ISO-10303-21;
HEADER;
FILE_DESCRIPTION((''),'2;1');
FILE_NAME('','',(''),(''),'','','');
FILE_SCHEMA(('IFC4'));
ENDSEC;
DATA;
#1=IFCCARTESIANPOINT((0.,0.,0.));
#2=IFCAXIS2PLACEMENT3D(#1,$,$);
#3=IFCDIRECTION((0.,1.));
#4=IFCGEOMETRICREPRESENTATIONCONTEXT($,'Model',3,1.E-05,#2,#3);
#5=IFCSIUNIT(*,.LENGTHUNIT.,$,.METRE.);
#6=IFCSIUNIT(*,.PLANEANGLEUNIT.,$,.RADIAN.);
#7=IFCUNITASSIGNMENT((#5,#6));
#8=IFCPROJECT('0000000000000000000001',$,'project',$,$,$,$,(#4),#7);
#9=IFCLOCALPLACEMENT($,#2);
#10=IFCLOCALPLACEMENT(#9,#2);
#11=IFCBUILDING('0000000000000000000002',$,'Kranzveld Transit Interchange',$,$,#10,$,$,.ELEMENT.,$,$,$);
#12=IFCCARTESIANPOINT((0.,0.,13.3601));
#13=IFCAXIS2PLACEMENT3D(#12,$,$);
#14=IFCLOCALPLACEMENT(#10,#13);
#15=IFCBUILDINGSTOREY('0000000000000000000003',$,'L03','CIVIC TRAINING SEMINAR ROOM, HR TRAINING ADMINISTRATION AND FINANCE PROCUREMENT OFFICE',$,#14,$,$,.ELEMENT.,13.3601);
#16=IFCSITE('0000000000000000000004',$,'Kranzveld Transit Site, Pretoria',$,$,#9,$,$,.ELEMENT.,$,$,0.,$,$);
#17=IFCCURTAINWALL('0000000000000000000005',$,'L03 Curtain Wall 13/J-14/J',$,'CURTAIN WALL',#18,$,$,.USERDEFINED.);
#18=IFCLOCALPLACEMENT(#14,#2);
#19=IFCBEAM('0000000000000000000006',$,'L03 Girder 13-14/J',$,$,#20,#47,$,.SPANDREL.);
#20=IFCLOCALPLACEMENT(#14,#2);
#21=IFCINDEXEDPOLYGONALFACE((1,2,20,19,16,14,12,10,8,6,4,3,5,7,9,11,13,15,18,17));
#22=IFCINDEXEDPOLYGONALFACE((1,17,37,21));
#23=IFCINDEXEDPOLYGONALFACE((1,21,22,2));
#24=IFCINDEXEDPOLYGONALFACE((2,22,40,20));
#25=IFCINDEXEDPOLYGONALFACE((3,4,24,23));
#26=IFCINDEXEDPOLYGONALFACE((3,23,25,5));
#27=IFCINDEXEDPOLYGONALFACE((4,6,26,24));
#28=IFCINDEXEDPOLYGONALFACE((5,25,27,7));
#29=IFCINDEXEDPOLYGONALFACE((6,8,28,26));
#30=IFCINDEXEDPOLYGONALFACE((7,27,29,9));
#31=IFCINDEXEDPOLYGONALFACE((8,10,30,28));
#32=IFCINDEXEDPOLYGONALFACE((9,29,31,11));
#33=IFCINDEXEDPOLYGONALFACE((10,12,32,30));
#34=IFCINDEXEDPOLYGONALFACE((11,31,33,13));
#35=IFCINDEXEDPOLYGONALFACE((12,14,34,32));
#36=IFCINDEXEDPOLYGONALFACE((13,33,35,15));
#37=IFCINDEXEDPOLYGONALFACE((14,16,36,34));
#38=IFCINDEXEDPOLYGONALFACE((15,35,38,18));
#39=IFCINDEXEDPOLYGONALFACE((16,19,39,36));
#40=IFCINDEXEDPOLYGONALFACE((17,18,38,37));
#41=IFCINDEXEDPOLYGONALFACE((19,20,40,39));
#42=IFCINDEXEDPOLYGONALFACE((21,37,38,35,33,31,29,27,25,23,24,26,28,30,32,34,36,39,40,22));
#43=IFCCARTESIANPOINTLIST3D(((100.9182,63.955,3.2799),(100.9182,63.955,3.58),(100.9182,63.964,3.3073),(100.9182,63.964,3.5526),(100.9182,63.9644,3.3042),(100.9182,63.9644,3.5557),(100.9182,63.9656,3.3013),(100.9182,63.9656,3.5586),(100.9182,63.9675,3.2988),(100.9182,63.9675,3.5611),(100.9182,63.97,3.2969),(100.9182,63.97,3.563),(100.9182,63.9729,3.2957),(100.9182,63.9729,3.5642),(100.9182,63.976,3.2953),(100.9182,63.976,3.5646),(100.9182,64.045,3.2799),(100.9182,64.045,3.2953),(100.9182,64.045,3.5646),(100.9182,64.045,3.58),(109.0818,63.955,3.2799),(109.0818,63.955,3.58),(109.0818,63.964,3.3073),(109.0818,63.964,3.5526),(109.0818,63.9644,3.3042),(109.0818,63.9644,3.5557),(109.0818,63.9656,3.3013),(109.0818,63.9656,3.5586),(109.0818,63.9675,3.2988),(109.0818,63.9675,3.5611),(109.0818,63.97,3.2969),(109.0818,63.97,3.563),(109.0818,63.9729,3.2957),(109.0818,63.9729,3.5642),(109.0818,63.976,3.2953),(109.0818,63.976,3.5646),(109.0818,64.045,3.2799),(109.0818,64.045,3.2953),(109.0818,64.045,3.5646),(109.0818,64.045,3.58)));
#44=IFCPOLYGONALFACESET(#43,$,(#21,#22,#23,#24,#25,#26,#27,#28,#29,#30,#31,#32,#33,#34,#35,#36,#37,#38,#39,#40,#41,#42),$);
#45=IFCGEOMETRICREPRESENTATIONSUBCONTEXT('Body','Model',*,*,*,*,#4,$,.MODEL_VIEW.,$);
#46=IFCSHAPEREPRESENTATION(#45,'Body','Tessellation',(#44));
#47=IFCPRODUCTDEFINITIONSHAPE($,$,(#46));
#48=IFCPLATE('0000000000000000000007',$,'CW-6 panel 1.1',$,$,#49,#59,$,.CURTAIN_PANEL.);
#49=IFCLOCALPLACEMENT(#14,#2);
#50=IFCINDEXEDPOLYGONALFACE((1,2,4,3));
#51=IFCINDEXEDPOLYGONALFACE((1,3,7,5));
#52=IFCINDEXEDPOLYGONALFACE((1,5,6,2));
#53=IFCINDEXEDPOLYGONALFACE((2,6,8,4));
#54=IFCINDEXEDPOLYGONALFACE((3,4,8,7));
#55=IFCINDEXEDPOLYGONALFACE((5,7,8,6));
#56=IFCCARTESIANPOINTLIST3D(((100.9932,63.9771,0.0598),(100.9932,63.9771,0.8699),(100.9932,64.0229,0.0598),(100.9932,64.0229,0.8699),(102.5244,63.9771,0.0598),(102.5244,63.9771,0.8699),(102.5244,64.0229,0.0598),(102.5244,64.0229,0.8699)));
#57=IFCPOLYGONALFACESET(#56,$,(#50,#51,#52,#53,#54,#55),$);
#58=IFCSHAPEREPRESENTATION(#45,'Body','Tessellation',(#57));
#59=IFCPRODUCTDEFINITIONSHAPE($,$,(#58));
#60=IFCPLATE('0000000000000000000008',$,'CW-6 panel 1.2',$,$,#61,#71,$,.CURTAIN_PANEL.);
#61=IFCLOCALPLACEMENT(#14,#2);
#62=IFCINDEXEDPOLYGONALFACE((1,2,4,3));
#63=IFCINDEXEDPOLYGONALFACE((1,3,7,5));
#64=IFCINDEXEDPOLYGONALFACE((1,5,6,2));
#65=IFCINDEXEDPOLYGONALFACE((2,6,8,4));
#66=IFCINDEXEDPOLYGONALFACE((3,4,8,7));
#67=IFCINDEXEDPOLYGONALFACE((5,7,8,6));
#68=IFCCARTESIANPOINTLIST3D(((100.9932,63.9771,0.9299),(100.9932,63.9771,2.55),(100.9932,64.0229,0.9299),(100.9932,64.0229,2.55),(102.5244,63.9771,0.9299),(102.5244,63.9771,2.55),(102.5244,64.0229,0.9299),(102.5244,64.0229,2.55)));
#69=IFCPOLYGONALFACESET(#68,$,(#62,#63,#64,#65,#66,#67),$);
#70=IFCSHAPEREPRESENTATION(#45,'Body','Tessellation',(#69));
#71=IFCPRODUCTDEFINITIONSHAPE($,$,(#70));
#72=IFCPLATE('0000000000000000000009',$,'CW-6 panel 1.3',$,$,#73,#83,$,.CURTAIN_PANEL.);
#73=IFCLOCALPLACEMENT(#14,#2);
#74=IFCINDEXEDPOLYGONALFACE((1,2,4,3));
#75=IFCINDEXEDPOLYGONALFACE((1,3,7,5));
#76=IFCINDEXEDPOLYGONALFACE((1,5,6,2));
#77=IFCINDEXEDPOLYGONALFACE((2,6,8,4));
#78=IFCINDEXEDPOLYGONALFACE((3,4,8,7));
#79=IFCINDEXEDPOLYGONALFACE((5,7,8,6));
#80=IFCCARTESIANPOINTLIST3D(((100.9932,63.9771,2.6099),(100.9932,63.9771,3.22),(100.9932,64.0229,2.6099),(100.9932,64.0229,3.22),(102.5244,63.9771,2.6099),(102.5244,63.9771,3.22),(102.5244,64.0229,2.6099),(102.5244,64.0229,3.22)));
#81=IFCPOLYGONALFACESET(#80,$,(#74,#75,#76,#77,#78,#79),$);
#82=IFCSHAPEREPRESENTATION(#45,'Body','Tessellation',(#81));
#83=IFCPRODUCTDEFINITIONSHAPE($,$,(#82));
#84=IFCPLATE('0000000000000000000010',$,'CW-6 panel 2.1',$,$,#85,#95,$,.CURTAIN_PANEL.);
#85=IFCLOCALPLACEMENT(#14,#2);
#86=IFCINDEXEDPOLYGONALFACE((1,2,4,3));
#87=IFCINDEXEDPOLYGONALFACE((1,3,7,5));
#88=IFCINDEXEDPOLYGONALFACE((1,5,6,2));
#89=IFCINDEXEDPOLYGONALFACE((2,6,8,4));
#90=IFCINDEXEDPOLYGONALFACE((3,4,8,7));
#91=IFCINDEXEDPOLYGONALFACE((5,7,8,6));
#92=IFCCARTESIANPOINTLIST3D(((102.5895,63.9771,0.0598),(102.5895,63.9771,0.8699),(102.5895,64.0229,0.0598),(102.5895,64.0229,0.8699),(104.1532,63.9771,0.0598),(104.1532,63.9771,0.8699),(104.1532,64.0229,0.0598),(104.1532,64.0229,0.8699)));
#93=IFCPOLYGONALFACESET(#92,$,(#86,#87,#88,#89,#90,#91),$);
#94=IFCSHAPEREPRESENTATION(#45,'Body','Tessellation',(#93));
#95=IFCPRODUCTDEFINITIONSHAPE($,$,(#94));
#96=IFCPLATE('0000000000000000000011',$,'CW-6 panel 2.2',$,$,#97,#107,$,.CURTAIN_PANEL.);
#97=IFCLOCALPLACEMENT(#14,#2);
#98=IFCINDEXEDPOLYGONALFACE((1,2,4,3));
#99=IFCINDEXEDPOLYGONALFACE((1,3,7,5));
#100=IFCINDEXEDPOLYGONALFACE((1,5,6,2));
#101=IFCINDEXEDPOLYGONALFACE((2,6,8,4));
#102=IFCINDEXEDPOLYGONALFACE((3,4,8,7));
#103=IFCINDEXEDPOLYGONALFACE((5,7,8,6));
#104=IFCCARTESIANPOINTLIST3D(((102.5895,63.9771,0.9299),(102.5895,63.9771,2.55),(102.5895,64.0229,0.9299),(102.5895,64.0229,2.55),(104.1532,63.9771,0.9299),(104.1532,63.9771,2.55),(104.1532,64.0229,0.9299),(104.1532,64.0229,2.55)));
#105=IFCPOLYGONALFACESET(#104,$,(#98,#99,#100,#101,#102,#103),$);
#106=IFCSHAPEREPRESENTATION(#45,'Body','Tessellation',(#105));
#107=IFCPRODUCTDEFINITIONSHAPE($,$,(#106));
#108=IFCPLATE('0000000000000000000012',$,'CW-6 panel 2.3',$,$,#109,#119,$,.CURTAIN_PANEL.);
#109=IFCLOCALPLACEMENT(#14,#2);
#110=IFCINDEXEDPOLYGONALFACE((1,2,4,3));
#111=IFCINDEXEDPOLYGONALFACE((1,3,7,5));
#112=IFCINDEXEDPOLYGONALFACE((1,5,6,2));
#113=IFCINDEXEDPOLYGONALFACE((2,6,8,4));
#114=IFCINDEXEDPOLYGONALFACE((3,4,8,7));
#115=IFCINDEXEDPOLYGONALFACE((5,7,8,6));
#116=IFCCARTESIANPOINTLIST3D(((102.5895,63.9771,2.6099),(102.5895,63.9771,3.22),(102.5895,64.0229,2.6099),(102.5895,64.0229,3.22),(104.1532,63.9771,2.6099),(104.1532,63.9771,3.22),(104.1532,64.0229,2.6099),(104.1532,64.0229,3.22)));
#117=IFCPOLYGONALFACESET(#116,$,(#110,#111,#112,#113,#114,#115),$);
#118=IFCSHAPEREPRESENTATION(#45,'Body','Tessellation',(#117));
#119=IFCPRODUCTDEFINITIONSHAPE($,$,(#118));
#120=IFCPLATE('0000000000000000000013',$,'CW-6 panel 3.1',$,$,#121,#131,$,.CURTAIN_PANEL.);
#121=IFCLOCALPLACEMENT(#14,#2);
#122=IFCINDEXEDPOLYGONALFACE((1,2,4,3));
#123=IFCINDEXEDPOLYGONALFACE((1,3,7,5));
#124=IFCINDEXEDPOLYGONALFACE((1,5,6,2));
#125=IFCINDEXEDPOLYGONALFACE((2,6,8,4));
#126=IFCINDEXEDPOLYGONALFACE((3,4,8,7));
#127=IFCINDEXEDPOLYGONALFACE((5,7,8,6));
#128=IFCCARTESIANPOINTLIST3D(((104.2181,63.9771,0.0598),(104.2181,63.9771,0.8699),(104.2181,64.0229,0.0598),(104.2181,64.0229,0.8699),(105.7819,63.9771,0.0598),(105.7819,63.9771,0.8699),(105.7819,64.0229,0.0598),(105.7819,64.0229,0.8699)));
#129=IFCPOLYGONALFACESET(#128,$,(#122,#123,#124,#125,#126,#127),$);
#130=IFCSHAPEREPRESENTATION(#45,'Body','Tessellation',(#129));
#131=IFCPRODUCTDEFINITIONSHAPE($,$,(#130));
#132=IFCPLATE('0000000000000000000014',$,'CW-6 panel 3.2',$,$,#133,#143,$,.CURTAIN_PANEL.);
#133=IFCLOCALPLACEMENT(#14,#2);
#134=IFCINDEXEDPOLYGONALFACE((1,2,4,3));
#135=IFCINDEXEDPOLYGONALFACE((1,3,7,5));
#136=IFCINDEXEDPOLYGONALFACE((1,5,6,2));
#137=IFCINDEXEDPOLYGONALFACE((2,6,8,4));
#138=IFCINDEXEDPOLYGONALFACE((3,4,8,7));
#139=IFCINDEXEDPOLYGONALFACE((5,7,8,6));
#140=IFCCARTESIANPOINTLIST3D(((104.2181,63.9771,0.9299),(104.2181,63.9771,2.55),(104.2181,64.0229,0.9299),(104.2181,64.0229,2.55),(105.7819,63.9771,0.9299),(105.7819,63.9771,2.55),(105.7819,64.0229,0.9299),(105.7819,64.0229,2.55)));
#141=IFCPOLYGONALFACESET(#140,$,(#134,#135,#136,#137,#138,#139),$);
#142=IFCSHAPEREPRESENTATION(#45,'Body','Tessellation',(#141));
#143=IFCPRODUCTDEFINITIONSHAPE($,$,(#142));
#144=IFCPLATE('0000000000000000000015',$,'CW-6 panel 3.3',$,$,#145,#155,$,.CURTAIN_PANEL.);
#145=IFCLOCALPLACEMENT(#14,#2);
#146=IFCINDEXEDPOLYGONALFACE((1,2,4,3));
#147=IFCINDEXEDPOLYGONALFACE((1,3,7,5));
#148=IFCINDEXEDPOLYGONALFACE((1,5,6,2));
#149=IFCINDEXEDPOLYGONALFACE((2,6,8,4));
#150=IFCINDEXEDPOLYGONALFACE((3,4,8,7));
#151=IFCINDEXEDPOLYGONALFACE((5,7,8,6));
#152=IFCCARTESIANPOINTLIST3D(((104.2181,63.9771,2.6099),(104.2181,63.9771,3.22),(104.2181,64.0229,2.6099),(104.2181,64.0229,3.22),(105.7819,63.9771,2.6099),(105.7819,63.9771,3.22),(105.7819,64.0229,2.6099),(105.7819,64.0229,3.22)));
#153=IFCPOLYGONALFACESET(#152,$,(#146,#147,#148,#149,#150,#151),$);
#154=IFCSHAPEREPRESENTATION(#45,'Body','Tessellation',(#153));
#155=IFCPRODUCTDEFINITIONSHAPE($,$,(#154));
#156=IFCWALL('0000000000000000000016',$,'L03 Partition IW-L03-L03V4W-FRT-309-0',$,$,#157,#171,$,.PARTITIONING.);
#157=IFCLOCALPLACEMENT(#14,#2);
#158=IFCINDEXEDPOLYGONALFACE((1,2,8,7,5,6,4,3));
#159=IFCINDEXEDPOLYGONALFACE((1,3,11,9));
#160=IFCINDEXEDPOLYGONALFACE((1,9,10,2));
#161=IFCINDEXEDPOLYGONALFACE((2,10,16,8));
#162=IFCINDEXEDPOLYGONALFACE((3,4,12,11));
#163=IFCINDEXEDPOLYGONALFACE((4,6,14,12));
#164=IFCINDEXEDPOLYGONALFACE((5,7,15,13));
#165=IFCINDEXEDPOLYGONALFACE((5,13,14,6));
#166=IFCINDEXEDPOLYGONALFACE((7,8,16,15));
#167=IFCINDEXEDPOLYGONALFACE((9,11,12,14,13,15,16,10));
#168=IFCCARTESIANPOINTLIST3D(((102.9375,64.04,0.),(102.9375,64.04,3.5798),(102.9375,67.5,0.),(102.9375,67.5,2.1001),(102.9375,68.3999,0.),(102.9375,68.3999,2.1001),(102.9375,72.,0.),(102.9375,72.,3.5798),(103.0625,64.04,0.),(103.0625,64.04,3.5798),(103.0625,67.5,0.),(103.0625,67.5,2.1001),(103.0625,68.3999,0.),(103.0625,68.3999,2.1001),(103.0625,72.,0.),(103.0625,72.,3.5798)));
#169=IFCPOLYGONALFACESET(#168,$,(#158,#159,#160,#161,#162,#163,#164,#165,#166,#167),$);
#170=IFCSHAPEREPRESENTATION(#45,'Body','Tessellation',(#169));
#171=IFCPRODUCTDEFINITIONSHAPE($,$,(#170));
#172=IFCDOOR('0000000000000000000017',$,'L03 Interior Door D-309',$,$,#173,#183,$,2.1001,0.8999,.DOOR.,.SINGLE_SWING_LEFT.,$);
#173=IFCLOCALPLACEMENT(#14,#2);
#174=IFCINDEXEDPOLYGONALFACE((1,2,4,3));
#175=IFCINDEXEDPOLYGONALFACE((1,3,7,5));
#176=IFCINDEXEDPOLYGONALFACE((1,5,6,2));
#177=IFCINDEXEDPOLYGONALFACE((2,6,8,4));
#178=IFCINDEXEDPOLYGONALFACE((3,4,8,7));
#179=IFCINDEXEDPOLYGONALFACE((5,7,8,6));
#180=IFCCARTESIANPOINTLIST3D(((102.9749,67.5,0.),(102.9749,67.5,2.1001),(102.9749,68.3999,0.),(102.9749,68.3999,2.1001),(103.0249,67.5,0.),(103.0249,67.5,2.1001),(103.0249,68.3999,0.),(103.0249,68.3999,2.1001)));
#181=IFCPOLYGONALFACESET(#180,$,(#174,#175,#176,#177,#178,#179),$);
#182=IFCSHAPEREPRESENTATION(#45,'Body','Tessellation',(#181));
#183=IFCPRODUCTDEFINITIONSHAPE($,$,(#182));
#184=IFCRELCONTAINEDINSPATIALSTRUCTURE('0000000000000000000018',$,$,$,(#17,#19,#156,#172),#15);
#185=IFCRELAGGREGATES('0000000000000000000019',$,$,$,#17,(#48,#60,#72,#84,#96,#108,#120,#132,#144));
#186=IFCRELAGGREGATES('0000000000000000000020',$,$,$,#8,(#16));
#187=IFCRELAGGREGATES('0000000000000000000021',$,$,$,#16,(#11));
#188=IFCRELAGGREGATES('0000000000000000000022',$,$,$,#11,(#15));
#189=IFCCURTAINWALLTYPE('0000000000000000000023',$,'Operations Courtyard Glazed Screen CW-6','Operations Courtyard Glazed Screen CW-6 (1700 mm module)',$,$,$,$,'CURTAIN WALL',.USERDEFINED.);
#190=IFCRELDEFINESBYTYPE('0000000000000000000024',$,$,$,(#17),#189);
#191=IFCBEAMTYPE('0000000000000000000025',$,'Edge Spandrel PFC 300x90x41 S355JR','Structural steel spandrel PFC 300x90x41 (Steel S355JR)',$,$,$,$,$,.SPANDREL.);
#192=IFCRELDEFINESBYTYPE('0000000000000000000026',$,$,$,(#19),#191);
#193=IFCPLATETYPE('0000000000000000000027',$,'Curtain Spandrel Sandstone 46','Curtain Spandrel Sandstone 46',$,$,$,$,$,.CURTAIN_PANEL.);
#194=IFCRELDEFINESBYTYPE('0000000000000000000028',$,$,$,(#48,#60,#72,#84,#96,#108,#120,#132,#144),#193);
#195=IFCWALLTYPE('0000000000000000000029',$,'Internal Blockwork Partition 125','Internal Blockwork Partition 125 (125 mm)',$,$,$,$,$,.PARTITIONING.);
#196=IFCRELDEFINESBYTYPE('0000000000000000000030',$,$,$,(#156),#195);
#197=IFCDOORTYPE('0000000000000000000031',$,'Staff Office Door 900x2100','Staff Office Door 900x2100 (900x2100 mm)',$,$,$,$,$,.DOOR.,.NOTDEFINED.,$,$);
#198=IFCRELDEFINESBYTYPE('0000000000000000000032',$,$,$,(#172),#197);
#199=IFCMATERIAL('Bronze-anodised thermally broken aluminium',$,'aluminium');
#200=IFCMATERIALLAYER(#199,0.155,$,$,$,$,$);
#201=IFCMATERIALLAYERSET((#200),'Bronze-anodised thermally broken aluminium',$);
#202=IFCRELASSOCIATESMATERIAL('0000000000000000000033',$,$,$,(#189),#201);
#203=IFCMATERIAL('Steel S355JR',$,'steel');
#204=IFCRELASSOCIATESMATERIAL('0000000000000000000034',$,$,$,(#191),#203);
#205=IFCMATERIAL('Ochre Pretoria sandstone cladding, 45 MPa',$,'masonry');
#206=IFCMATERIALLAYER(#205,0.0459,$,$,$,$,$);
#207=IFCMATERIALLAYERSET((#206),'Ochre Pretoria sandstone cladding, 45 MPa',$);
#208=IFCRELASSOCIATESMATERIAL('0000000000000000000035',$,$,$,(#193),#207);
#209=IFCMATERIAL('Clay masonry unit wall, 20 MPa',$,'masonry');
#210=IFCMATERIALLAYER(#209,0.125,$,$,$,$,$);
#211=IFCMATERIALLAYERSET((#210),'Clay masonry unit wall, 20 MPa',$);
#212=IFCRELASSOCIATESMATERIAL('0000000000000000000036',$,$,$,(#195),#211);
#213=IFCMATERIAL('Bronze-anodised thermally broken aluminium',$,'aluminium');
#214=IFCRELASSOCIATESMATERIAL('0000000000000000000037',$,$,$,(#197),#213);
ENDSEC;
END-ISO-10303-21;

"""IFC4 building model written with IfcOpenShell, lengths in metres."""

from ifc_helpers import new_model, si_unit, direction, frame, frame_2d, origin, origin_2d, place, context, subcontext, project, spatial, rectangle, u_section, extrude, material, layer, layer_set, material_profile, profile_set, type_object, element, fill, aggregate, save


model = new_model("IFC4")

# Units and contexts
model_context = context("Model", 3, precision=1e-05, world=origin(), true_north=direction((0.0, 1.0)))
body_context = subcontext(model_context, "Body", "Model", "MODEL_VIEW")
ifc_project = project(units=[si_unit("LENGTHUNIT", "METRE"), si_unit("PLANEANGLEUNIT", "RADIAN")], contexts=[model_context])

# Site, building, storey
site_placement = place(None, origin())
site = spatial("IfcSite", under=ifc_project, at=site_placement, Name="Kranzveld Transit Site, Pretoria", CompositionType="ELEMENT", RefElevation=0.0)
building_placement = place(site_placement, origin())
building = spatial("IfcBuilding", under=site, at=building_placement, Name="Kranzveld Transit Interchange", CompositionType="ELEMENT")
storey_placement = place(building_placement, frame((0.0, 0.0, 13.3601)))
storey = spatial("IfcBuildingStorey", under=building, at=storey_placement, Name="L03", Description="CIVIC TRAINING SEMINAR ROOM, HR TRAINING ADMINISTRATION AND FINANCE PROCUREMENT OFFICE", CompositionType="ELEMENT", Elevation=13.3601)

# Curtain wall
ifc_material_1 = material(Name="Bronze-anodised thermally broken aluminium", Category="aluminium")
ifc_layer_1 = layer(ifc_material_1, 0.155)
ifc_layer_set_1 = layer_set([ifc_layer_1], Name="Bronze-anodised thermally broken aluminium")
curtain_wall_type = type_object("IfcCurtainWallType", Name="Operations Courtyard Glazed Screen CW-6", Description="Operations Courtyard Glazed Screen CW-6 (1700 mm module)", ElementType="CURTAIN WALL", PredefinedType="USERDEFINED", material=ifc_layer_set_1)
curtain_wall_placement = place(storey_placement, origin())
curtain_wall = element("IfcCurtainWall", 1, at=curtain_wall_placement, inside=storey, type_object=curtain_wall_type, Name="L03 Curtain Wall 13/J-14/J", ObjectType="CURTAIN WALL", PredefinedType="USERDEFINED")

# Beam
ifc_material_2 = material(Name="Steel S355JR", Category="steel")
ifc_material_profile_1 = material_profile(ifc_material_2, u_section(Depth=0.3, FlangeWidth=0.0901, WebThickness=0.009, FlangeThickness=0.0154, FilletRadius=0.012, at=origin_2d()), Name="PFC 300x90x41")
ifc_profile_set_1 = profile_set([ifc_material_profile_1], Name="Steel S355JR")
beam_type = type_object("IfcBeamType", Name="Edge Spandrel PFC 300x90x41 S355JR", Description="Structural steel spandrel PFC 300x90x41 (Steel S355JR)", PredefinedType="SPANDREL", material=ifc_profile_set_1)
beam_placement = place(storey_placement, frame((100.9182, 64.0, 3.4299), z_axis=(1.0, 0.0, 0.0), x_axis=(0.0, 1.0, 0.0)))
element("IfcBeam", 2, at=beam_placement, inside=storey, type_object=beam_type, Name="L03 Girder 13-14/J", PredefinedType="SPANDREL", context=body_context, shape_type="SweptSolid", body=[
    extrude(u_section(Depth=0.3, FlangeWidth=0.0901, WebThickness=0.009, FlangeThickness=0.0154, FilletRadius=0.012, at=origin_2d()), origin(), (0.0, 0.0, 1.0), 8.1636),
])

# Plates
ifc_material_3 = material(Name="Ochre Pretoria sandstone cladding, 45 MPa", Category="masonry")
ifc_layer_2 = layer(ifc_material_3, 0.0459)
ifc_layer_set_2 = layer_set([ifc_layer_2], Name="Ochre Pretoria sandstone cladding, 45 MPa")
plate_type = type_object("IfcPlateType", Name="Curtain Spandrel Sandstone 46", Description="Curtain Spandrel Sandstone 46", PredefinedType="CURTAIN_PANEL", material=ifc_layer_set_2)
plate_1_placement = place(storey_placement, frame((101.7588, 64.0, 0.0598), z_axis=(0.0, 0.0, 1.0), x_axis=(1.0, 0.0, 0.0)))
plate_1 = element("IfcPlate", 3, at=plate_1_placement, type_object=plate_type, Name="CW-6 panel 1.1", PredefinedType="CURTAIN_PANEL", context=body_context, shape_type="SweptSolid", body=[
    extrude(rectangle(XDim=1.5312, YDim=0.0459, at=origin_2d()), origin(), (0.0, 0.0, 1.0), 0.8101),
])
plate_2_placement = place(storey_placement, frame((101.7588, 64.0, 0.9299), z_axis=(0.0, 0.0, 1.0), x_axis=(1.0, 0.0, 0.0)))
plate_2 = element("IfcPlate", 4, at=plate_2_placement, type_object=plate_type, Name="CW-6 panel 1.2", PredefinedType="CURTAIN_PANEL", context=body_context, shape_type="SweptSolid", body=[
    extrude(rectangle(XDim=1.5312, YDim=0.0459, at=origin_2d()), origin(), (0.0, 0.0, 1.0), 1.6201),
])
plate_3_placement = place(storey_placement, frame((101.7588, 64.0, 2.6099), z_axis=(0.0, 0.0, 1.0), x_axis=(1.0, 0.0, 0.0)))
plate_3 = element("IfcPlate", 5, at=plate_3_placement, type_object=plate_type, Name="CW-6 panel 1.3", PredefinedType="CURTAIN_PANEL", context=body_context, shape_type="SweptSolid", body=[
    extrude(rectangle(XDim=1.5312, YDim=0.0459, at=origin_2d()), origin(), (0.0, 0.0, 1.0), 0.6101),
])
plate_4_placement = place(storey_placement, frame((103.3713, 64.0, 0.0598), z_axis=(0.0, 0.0, 1.0), x_axis=(1.0, 0.0, 0.0)))
plate_4 = element("IfcPlate", 6, at=plate_4_placement, type_object=plate_type, Name="CW-6 panel 2.1", PredefinedType="CURTAIN_PANEL", context=body_context, shape_type="SweptSolid", body=[
    extrude(rectangle(XDim=1.5637, YDim=0.0459, at=origin_2d()), origin(), (0.0, 0.0, 1.0), 0.8101),
])
plate_5_placement = place(storey_placement, frame((103.3713, 64.0, 0.9299), z_axis=(0.0, 0.0, 1.0), x_axis=(1.0, 0.0, 0.0)))
plate_5 = element("IfcPlate", 7, at=plate_5_placement, type_object=plate_type, Name="CW-6 panel 2.2", PredefinedType="CURTAIN_PANEL", context=body_context, shape_type="SweptSolid", body=[
    extrude(rectangle(XDim=1.5637, YDim=0.0459, at=origin_2d()), origin(), (0.0, 0.0, 1.0), 1.6201),
])
plate_6_placement = place(storey_placement, frame((103.3713, 64.0, 2.6099), z_axis=(0.0, 0.0, 1.0), x_axis=(1.0, 0.0, 0.0)))
plate_6 = element("IfcPlate", 8, at=plate_6_placement, type_object=plate_type, Name="CW-6 panel 2.3", PredefinedType="CURTAIN_PANEL", context=body_context, shape_type="SweptSolid", body=[
    extrude(rectangle(XDim=1.5637, YDim=0.0459, at=origin_2d()), origin(), (0.0, 0.0, 1.0), 0.6101),
])
plate_7_placement = place(storey_placement, frame((105.0, 64.0, 0.0598), z_axis=(0.0, 0.0, 1.0), x_axis=(1.0, 0.0, 0.0)))
plate_7 = element("IfcPlate", 9, at=plate_7_placement, type_object=plate_type, Name="CW-6 panel 3.1", PredefinedType="CURTAIN_PANEL", context=body_context, shape_type="SweptSolid", body=[
    extrude(rectangle(XDim=1.5637, YDim=0.0459, at=origin_2d()), origin(), (0.0, 0.0, 1.0), 0.8101),
])
plate_8_placement = place(storey_placement, frame((105.0, 64.0, 0.9299), z_axis=(0.0, 0.0, 1.0), x_axis=(1.0, 0.0, 0.0)))
plate_8 = element("IfcPlate", 10, at=plate_8_placement, type_object=plate_type, Name="CW-6 panel 3.2", PredefinedType="CURTAIN_PANEL", context=body_context, shape_type="SweptSolid", body=[
    extrude(rectangle(XDim=1.5637, YDim=0.0459, at=origin_2d()), origin(), (0.0, 0.0, 1.0), 1.6201),
])
plate_9_placement = place(storey_placement, frame((105.0, 64.0, 2.6099), z_axis=(0.0, 0.0, 1.0), x_axis=(1.0, 0.0, 0.0)))
plate_9 = element("IfcPlate", 11, at=plate_9_placement, type_object=plate_type, Name="CW-6 panel 3.3", PredefinedType="CURTAIN_PANEL", context=body_context, shape_type="SweptSolid", body=[
    extrude(rectangle(XDim=1.5637, YDim=0.0459, at=origin_2d()), origin(), (0.0, 0.0, 1.0), 0.6101),
])
aggregate(curtain_wall, [plate_1, plate_2, plate_3, plate_4, plate_5, plate_6, plate_7, plate_8, plate_9])

# Wall, opening, door
ifc_material_4 = material(Name="Clay masonry unit wall, 20 MPa", Category="masonry")
ifc_layer_3 = layer(ifc_material_4, 0.125)
ifc_layer_set_3 = layer_set([ifc_layer_3], Name="Clay masonry unit wall, 20 MPa")
wall_type = type_object("IfcWallType", Name="Internal Blockwork Partition 125", Description="Internal Blockwork Partition 125 (125 mm)", PredefinedType="PARTITIONING", material=ifc_layer_set_3)
wall_placement = place(storey_placement, frame((103.0, 64.04, 0.0), z_axis=(0.0, 0.0, 1.0), x_axis=(0.0, 1.0, 0.0)))
wall = element("IfcWall", 12, at=wall_placement, inside=storey, type_object=wall_type, Name="L03 Partition IW-L03-L03V4W-FRT-309-0", PredefinedType="PARTITIONING", context=body_context, shape_type="SweptSolid", body=[
    extrude(rectangle(XDim=7.96, YDim=0.125, at=frame_2d((3.98, 0.0))), origin(), (0.0, 0.0, 1.0), 3.5798),
])
opening_placement = place(wall_placement, frame((4.3599, 0.0, 0.0), z_axis=(0.0, 0.0, 1.0), x_axis=(-1.0, 0.0, 0.0)))
opening = element("IfcOpeningElement", 13, at=opening_placement, cuts=wall, PredefinedType="OPENING", context=body_context, shape_type="SweptSolid", body=[
    extrude(rectangle(XDim=0.8999, YDim=2.1001, at=frame_2d((0.45, 1.05))), frame((0.0, 0.0725, 0.0), z_axis=(0.0, -1.0, 0.0), x_axis=(1.0, 0.0, 0.0)), (0.0, 0.0, 1.0), 0.145),
])
ifc_material_5 = material(Name="Bronze-anodised thermally broken aluminium", Category="aluminium")
door_type = type_object("IfcDoorType", Name="Staff Office Door 900x2100", Description="Staff Office Door 900x2100 (900x2100 mm)", OperationType="NOTDEFINED", PredefinedType="DOOR", material=ifc_material_5)
door_placement = place(opening_placement, origin())
door = element("IfcDoor", 14, at=door_placement, inside=storey, type_object=door_type, Name="L03 Interior Door D-309", OperationType="SINGLE_SWING_LEFT", OverallHeight=2.1001, OverallWidth=0.8999, PredefinedType="DOOR", context=body_context, shape_type="SweptSolid", body=[
    extrude(rectangle(XDim=0.8999, YDim=2.1001, at=frame_2d((0.45, 1.05))), frame((0.0, 0.0249, 0.0), z_axis=(0.0, -1.0, 0.0), x_axis=(1.0, 0.0, 0.0)), (0.0, 0.0, 1.0), 0.05),
])
fill(opening, door)

save(model, "model.ifc")
